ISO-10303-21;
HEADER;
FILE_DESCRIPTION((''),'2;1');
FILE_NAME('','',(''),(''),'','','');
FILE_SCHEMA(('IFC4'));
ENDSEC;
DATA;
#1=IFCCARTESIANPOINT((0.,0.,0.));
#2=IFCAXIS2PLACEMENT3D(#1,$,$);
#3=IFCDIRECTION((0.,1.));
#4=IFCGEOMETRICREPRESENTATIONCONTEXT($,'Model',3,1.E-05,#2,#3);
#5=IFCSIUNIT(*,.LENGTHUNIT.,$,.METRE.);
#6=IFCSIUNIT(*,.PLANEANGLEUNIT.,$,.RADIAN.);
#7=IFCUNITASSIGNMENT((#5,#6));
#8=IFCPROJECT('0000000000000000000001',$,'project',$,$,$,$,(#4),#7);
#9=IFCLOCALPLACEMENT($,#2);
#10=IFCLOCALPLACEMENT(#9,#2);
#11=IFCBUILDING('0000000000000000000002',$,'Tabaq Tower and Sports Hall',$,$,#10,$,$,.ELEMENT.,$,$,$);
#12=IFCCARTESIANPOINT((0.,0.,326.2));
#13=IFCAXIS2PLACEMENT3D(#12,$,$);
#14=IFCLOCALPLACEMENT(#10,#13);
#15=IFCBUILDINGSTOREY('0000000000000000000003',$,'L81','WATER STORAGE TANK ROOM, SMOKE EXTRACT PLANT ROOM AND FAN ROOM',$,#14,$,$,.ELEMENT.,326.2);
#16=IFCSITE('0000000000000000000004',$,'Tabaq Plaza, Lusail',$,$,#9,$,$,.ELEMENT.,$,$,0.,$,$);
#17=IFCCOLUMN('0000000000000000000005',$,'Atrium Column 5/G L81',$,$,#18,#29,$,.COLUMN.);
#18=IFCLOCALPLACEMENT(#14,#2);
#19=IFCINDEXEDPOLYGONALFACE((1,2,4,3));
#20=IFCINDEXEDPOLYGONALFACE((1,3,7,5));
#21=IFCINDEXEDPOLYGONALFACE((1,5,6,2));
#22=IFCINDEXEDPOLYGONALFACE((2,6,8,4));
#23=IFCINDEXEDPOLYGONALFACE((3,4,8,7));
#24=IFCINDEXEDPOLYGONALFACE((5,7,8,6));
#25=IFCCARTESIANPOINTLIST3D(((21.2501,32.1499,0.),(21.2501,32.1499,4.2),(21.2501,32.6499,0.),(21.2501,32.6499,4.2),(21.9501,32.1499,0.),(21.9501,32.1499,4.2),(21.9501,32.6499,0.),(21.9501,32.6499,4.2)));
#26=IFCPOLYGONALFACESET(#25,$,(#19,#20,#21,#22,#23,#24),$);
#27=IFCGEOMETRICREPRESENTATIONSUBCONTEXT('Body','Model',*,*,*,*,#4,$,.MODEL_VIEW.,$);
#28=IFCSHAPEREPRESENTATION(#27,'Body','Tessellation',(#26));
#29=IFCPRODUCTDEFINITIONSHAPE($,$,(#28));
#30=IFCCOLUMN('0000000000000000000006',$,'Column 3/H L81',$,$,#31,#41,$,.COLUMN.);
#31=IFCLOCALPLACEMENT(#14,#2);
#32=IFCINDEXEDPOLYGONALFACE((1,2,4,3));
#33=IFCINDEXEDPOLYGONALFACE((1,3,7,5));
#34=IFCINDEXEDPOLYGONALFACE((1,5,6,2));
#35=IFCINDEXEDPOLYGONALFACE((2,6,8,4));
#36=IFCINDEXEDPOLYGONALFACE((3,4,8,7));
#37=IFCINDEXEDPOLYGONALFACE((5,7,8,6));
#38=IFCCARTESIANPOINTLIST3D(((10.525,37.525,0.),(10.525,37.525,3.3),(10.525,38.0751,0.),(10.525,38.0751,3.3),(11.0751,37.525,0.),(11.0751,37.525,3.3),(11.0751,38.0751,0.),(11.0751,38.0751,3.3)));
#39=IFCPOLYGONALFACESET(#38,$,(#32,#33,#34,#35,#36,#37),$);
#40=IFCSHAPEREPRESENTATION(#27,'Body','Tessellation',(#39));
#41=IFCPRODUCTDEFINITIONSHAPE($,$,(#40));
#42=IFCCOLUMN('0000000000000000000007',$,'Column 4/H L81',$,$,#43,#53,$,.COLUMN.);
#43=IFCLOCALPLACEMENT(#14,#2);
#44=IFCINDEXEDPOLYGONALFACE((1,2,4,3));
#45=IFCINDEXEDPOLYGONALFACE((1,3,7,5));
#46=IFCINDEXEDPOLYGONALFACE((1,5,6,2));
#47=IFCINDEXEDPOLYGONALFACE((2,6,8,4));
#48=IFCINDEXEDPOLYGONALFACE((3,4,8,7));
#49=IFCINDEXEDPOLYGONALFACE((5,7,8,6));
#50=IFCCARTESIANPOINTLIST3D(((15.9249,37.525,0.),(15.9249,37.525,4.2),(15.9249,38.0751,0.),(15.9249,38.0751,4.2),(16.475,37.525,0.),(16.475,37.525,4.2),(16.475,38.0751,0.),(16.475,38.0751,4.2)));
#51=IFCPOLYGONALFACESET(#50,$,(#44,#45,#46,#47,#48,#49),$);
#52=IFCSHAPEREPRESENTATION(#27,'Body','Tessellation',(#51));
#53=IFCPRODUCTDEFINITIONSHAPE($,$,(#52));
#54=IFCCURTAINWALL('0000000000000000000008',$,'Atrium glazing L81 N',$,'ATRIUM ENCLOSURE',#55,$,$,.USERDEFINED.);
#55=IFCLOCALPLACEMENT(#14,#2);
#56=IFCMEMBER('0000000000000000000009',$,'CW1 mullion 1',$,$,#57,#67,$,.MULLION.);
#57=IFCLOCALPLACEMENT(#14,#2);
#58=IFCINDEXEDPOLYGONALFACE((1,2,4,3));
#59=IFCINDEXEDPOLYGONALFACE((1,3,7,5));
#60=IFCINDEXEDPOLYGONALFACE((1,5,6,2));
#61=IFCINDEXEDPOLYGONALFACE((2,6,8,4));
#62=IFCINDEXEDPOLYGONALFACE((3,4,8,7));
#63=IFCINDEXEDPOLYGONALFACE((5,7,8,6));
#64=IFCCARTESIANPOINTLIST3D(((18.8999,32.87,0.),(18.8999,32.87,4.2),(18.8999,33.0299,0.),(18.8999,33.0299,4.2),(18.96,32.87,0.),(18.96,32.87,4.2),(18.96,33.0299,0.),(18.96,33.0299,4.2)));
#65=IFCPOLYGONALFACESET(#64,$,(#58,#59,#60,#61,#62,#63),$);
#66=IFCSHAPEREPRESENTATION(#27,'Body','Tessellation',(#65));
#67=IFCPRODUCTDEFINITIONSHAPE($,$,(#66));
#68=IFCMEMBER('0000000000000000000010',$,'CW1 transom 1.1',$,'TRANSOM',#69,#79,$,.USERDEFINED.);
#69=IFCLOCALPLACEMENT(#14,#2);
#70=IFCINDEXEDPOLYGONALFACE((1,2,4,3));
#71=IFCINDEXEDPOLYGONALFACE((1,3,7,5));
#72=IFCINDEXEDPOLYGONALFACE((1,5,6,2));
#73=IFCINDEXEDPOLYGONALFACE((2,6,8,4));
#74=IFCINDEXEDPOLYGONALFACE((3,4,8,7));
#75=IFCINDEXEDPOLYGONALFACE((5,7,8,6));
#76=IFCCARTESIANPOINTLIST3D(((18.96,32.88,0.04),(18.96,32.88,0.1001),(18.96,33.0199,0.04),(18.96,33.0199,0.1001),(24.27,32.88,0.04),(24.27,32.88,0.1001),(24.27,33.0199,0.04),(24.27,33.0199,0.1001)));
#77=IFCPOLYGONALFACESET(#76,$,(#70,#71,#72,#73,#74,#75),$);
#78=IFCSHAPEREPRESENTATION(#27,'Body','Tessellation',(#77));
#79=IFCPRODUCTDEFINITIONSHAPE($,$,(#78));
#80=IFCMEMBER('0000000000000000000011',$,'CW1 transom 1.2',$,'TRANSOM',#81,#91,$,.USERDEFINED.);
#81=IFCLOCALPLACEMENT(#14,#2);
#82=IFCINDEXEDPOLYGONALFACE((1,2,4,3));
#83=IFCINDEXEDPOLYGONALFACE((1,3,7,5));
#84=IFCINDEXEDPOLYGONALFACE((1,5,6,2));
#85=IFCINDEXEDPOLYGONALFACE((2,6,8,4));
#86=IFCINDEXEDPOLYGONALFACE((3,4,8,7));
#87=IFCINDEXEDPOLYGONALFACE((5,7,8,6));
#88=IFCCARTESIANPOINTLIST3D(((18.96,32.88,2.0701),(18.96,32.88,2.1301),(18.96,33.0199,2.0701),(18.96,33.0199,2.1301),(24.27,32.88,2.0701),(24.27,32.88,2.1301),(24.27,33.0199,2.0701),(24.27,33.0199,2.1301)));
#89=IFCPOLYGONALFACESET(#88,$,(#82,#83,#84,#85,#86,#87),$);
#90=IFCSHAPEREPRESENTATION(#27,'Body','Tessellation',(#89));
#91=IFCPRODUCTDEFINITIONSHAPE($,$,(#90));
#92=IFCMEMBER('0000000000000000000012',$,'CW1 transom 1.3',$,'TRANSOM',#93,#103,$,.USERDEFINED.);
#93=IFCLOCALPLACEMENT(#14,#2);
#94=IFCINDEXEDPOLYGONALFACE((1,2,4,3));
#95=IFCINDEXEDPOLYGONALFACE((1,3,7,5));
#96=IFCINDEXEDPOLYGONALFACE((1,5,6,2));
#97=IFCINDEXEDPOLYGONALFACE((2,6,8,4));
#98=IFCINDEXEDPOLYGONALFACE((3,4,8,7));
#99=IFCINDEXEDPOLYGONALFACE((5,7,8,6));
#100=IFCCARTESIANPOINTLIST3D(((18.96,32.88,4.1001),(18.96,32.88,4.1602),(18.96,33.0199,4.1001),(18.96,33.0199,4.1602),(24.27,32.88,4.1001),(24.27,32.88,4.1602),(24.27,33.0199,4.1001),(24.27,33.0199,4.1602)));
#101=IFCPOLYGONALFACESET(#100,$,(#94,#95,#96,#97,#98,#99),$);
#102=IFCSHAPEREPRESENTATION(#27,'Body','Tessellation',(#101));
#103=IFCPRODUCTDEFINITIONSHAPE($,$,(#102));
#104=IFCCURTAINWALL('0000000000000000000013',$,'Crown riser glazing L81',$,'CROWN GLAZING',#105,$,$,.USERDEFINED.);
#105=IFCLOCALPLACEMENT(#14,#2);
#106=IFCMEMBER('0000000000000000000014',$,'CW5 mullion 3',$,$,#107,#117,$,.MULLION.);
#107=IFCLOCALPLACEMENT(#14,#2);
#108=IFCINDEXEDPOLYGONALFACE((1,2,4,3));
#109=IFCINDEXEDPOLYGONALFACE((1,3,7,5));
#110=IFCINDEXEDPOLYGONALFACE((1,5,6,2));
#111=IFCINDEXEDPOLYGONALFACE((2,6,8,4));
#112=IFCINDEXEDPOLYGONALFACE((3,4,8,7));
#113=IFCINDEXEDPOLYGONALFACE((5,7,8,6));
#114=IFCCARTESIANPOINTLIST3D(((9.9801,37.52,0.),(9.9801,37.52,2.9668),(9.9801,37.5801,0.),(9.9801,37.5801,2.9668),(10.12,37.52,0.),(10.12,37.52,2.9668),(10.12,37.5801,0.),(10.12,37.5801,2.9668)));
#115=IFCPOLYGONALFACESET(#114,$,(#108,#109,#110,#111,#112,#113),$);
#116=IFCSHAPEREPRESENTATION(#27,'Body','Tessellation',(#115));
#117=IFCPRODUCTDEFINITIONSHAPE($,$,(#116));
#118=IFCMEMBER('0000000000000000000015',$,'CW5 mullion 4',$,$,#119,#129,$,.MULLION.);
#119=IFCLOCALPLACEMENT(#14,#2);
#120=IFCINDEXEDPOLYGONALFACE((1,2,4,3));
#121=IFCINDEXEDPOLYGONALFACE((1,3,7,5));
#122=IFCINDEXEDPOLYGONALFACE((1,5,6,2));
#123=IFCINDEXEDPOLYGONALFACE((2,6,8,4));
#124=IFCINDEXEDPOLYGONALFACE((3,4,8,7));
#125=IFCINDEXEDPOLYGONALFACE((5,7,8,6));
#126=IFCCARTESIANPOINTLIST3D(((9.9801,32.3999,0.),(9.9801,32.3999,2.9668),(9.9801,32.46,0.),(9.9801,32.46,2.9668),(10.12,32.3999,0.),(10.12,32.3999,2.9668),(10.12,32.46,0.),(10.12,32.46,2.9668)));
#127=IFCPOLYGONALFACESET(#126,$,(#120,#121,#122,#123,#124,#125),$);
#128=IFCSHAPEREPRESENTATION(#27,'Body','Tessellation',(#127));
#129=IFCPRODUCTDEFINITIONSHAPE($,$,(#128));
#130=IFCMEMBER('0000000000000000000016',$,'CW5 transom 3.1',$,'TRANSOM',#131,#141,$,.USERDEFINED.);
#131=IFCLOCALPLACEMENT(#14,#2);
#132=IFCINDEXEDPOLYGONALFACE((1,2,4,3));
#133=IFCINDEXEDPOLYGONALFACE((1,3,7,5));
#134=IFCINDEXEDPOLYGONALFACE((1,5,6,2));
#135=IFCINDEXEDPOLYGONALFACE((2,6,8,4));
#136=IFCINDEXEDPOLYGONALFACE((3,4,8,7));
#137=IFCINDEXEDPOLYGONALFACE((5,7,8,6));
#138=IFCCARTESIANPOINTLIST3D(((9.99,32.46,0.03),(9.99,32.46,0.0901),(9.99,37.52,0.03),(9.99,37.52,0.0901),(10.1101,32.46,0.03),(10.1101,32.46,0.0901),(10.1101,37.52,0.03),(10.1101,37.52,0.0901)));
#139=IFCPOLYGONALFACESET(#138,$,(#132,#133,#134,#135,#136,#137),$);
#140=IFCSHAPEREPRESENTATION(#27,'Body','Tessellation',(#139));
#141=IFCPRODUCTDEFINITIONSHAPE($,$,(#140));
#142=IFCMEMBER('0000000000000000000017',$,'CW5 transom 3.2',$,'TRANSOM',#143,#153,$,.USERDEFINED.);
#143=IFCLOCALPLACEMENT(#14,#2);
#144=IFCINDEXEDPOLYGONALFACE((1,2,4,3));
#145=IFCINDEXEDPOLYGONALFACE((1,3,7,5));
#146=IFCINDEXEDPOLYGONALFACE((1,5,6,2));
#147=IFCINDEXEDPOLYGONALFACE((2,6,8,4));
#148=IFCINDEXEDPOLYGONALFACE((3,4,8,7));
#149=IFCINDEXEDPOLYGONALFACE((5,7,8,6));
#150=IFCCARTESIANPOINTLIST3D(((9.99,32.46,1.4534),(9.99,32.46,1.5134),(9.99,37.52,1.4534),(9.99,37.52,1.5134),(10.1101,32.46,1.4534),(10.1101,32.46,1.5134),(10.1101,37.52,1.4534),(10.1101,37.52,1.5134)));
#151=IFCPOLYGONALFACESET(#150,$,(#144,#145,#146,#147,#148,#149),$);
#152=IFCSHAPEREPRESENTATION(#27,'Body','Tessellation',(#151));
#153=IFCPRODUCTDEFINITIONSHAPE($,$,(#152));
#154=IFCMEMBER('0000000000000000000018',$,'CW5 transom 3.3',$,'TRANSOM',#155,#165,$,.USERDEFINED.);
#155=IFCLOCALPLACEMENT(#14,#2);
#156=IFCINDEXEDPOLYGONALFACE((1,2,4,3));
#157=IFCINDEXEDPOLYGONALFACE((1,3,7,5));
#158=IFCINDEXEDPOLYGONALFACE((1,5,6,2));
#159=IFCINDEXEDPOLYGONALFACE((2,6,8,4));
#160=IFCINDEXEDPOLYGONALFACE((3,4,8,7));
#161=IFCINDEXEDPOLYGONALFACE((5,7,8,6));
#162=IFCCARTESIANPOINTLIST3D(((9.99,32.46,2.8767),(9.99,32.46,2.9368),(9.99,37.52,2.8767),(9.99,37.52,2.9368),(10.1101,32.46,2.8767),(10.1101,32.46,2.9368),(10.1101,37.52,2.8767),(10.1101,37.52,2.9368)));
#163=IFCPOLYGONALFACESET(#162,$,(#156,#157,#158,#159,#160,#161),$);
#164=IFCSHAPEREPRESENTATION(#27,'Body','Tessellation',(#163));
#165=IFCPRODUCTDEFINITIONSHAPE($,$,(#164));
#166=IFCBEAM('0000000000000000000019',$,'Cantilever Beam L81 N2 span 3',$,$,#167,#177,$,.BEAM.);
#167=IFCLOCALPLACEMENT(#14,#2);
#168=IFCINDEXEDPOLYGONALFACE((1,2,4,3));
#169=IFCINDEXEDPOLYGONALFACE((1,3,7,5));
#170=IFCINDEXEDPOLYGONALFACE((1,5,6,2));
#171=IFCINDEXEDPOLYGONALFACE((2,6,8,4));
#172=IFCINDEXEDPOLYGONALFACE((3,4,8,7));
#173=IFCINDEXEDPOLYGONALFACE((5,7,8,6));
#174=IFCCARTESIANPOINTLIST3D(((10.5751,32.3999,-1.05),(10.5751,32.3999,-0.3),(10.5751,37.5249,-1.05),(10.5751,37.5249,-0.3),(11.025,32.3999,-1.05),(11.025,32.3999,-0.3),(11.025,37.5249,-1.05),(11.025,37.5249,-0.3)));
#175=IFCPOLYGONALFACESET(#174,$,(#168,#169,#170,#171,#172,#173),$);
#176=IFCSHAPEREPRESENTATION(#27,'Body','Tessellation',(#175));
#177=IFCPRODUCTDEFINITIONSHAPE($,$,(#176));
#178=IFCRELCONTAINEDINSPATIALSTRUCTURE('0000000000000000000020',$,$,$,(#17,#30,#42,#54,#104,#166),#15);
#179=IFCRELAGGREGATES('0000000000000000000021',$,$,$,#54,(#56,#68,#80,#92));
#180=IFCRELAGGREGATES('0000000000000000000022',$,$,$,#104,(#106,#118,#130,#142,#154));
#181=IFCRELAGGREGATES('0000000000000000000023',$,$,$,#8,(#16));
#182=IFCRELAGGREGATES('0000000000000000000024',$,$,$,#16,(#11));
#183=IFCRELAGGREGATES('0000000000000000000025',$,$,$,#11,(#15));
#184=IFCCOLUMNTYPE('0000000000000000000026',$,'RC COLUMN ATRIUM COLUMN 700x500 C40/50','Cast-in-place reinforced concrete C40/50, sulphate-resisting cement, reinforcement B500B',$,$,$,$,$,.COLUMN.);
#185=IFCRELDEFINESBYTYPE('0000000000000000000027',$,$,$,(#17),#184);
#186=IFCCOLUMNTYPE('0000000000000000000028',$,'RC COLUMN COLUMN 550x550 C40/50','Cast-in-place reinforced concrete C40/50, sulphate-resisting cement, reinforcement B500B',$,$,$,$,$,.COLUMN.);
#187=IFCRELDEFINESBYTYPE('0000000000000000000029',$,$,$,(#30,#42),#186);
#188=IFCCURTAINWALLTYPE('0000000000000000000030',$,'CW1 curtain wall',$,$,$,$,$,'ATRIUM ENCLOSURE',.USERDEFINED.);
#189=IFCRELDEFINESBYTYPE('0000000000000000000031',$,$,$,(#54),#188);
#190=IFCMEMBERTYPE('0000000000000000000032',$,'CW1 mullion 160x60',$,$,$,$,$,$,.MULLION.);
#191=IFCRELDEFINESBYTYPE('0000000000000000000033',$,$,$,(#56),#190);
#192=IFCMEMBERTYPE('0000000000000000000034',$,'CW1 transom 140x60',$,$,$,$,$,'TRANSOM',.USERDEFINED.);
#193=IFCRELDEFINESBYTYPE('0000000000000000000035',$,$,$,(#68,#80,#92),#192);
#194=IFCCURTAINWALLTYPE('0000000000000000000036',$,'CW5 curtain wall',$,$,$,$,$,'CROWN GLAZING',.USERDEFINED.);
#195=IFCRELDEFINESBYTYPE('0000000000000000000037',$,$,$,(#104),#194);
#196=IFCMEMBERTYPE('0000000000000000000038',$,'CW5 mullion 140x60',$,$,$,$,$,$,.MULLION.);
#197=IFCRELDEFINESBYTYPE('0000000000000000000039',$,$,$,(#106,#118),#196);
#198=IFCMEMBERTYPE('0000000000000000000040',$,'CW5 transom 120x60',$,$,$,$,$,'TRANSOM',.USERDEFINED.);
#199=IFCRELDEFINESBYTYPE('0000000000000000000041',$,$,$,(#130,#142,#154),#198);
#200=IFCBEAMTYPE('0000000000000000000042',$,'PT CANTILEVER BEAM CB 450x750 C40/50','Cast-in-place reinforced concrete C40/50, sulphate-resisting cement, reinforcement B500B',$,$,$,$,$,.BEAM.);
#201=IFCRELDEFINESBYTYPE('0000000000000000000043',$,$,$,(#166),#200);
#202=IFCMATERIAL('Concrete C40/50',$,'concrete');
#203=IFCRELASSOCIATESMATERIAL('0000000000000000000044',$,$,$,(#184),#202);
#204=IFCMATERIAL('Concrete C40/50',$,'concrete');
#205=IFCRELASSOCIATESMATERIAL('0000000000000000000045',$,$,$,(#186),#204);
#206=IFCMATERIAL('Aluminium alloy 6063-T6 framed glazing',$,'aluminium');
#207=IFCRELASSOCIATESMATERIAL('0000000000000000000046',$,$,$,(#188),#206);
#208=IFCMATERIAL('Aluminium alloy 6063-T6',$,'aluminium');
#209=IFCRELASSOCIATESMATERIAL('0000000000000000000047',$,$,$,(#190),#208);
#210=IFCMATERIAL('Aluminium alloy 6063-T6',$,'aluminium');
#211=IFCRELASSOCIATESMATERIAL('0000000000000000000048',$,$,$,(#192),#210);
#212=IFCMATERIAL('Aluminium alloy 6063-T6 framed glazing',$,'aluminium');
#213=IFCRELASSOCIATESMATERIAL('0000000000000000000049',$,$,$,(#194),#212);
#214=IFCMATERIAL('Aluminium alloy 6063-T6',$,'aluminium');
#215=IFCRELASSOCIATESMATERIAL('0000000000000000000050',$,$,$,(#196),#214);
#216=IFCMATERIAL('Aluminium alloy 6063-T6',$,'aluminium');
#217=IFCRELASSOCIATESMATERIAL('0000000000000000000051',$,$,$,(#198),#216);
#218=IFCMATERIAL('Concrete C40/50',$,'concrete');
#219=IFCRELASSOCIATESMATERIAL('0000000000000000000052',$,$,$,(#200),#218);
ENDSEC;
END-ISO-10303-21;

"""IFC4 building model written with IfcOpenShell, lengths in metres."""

from ifc_helpers import new_model, si_unit, direction, frame, origin, origin_2d, place, context, subcontext, project, spatial, rectangle, extrude, material, material_profile, profile_set, type_object, element, aggregate, save


model = new_model("IFC4")

# Units and contexts
model_context = context("Model", 3, precision=1e-05, world=origin(), true_north=direction((0.0, 1.0)))
body_context = subcontext(model_context, "Body", "Model", "MODEL_VIEW")
ifc_project = project(units=[si_unit("LENGTHUNIT", "METRE"), si_unit("PLANEANGLEUNIT", "RADIAN")], contexts=[model_context])

# Site, building, storey
site_placement = place(None, origin())
site = spatial("IfcSite", under=ifc_project, at=site_placement, Name="Tabaq Plaza, Lusail", CompositionType="ELEMENT", RefElevation=0.0)
building_placement = place(site_placement, origin())
building = spatial("IfcBuilding", under=site, at=building_placement, Name="Tabaq Tower and Sports Hall", CompositionType="ELEMENT")
storey_placement = place(building_placement, frame((0.0, 0.0, 326.2)))
storey = spatial("IfcBuildingStorey", under=building, at=storey_placement, Name="L81", Description="WATER STORAGE TANK ROOM, SMOKE EXTRACT PLANT ROOM AND FAN ROOM", CompositionType="ELEMENT", Elevation=326.2)

# Columns
ifc_material_1 = material(Name="Concrete C40/50", Category="concrete")
ifc_material_profile_1 = material_profile(ifc_material_1, rectangle(XDim=0.7, YDim=0.5, at=origin_2d()), Name="ATRIUM COLUMN 700x500")
ifc_profile_set_1 = profile_set([ifc_material_profile_1], Name="Concrete C40/50")
column_type_1 = type_object("IfcColumnType", Name="RC COLUMN ATRIUM COLUMN 700x500 C40/50", Description="Cast-in-place reinforced concrete C40/50, sulphate-resisting cement, reinforcement B500B", PredefinedType="COLUMN", material=ifc_profile_set_1)
column_1_placement = place(storey_placement, frame((21.6001, 32.3999, 0.0), z_axis=(0.0, 0.0, 1.0), x_axis=(1.0, 0.0, 0.0)))
element("IfcColumn", 1, at=column_1_placement, inside=storey, type_object=column_type_1, Name="Atrium Column 5/G L81", PredefinedType="COLUMN", context=body_context, shape_type="SweptSolid", body=[
    extrude(rectangle(XDim=0.7, YDim=0.5, at=origin_2d()), origin(), (0.0, 0.0, 1.0), 4.2),
])
ifc_material_2 = material(Name="Concrete C40/50", Category="concrete")
ifc_material_profile_2 = material_profile(ifc_material_2, rectangle(XDim=0.55, YDim=0.55, at=origin_2d()), Name="COLUMN 550x550")
ifc_profile_set_2 = profile_set([ifc_material_profile_2], Name="Concrete C40/50")
column_type_2 = type_object("IfcColumnType", Name="RC COLUMN COLUMN 550x550 C40/50", Description="Cast-in-place reinforced concrete C40/50, sulphate-resisting cement, reinforcement B500B", PredefinedType="COLUMN", material=ifc_profile_set_2)
column_2_placement = place(storey_placement, frame((10.8, 37.8, 0.0), z_axis=(0.0, 0.0, 1.0), x_axis=(1.0, 0.0, 0.0)))
element("IfcColumn", 2, at=column_2_placement, inside=storey, type_object=column_type_2, Name="Column 3/H L81", PredefinedType="COLUMN", context=body_context, shape_type="SweptSolid", body=[
    extrude(rectangle(XDim=0.55, YDim=0.55, at=origin_2d()), origin(), (0.0, 0.0, 1.0), 3.3),
])
column_3_placement = place(storey_placement, frame((16.2, 37.8, 0.0), z_axis=(0.0, 0.0, 1.0), x_axis=(1.0, 0.0, 0.0)))
element("IfcColumn", 3, at=column_3_placement, inside=storey, type_object=column_type_2, Name="Column 4/H L81", PredefinedType="COLUMN", context=body_context, shape_type="SweptSolid", body=[
    extrude(rectangle(XDim=0.55, YDim=0.55, at=origin_2d()), origin(), (0.0, 0.0, 1.0), 4.2),
])

# Curtain walls, members
ifc_material_3 = material(Name="Aluminium alloy 6063-T6 framed glazing", Category="aluminium")
curtain_wall_type_1 = type_object("IfcCurtainWallType", Name="CW1 curtain wall", ElementType="ATRIUM ENCLOSURE", PredefinedType="USERDEFINED", material=ifc_material_3)
curtain_wall_1_placement = place(storey_placement, origin())
curtain_wall_1 = element("IfcCurtainWall", 4, at=curtain_wall_1_placement, inside=storey, type_object=curtain_wall_type_1, Name="Atrium glazing L81 N", ObjectType="ATRIUM ENCLOSURE", PredefinedType="USERDEFINED")
ifc_material_4 = material(Name="Aluminium alloy 6063-T6", Category="aluminium")
ifc_material_profile_3 = material_profile(ifc_material_4, rectangle(XDim=0.1599, YDim=0.0601, at=origin_2d()), Name="MULLION 160x60")
ifc_profile_set_3 = profile_set([ifc_material_profile_3], Name="Aluminium alloy 6063-T6")
member_type_1 = type_object("IfcMemberType", Name="CW1 mullion 160x60", PredefinedType="MULLION", material=ifc_profile_set_3)
member_1_placement = place(storey_placement, frame((18.9299, 32.95, 0.0), z_axis=(0.0, 0.0, 1.0), x_axis=(0.0, 1.0, 0.0)))
member_1 = element("IfcMember", 5, at=member_1_placement, type_object=member_type_1, Name="CW1 mullion 1", PredefinedType="MULLION", context=body_context, shape_type="SweptSolid", body=[
    extrude(rectangle(XDim=0.1599, YDim=0.0601, at=origin_2d()), origin(), (0.0, 0.0, 1.0), 4.2),
])
ifc_material_5 = material(Name="Aluminium alloy 6063-T6", Category="aluminium")
ifc_material_profile_4 = material_profile(ifc_material_5, rectangle(XDim=0.1399, YDim=0.0601, at=origin_2d()), Name="TRANSOM 140x60")
ifc_profile_set_4 = profile_set([ifc_material_profile_4], Name="Aluminium alloy 6063-T6")
member_type_2 = type_object("IfcMemberType", Name="CW1 transom 140x60", ElementType="TRANSOM", PredefinedType="USERDEFINED", material=ifc_profile_set_4)
member_2_placement = place(storey_placement, frame((18.96, 32.95, 0.0701), z_axis=(1.0, 0.0, 0.0), x_axis=(0.0, 1.0, 0.0)))
member_2 = element("IfcMember", 6, at=member_2_placement, type_object=member_type_2, Name="CW1 transom 1.1", ObjectType="TRANSOM", PredefinedType="USERDEFINED", context=body_context, shape_type="SweptSolid", body=[
    extrude(rectangle(XDim=0.1399, YDim=0.0601, at=origin_2d()), origin(), (0.0, 0.0, 1.0), 5.3101),
])
member_3_placement = place(storey_placement, frame((18.96, 32.95, 2.1001), z_axis=(1.0, 0.0, 0.0), x_axis=(0.0, 1.0, 0.0)))
member_3 = element("IfcMember", 7, at=member_3_placement, type_object=member_type_2, Name="CW1 transom 1.2", ObjectType="TRANSOM", PredefinedType="USERDEFINED", context=body_context, shape_type="SweptSolid", body=[
    extrude(rectangle(XDim=0.1399, YDim=0.0601, at=origin_2d()), origin(), (0.0, 0.0, 1.0), 5.3101),
])
member_4_placement = place(storey_placement, frame((18.96, 32.95, 4.1301), z_axis=(1.0, 0.0, 0.0), x_axis=(0.0, 1.0, 0.0)))
member_4 = element("IfcMember", 8, at=member_4_placement, type_object=member_type_2, Name="CW1 transom 1.3", ObjectType="TRANSOM", PredefinedType="USERDEFINED", context=body_context, shape_type="SweptSolid", body=[
    extrude(rectangle(XDim=0.1399, YDim=0.0601, at=origin_2d()), origin(), (0.0, 0.0, 1.0), 5.3101),
])
aggregate(curtain_wall_1, [member_1, member_2, member_3, member_4])
ifc_material_6 = material(Name="Aluminium alloy 6063-T6 framed glazing", Category="aluminium")
curtain_wall_type_2 = type_object("IfcCurtainWallType", Name="CW5 curtain wall", ElementType="CROWN GLAZING", PredefinedType="USERDEFINED", material=ifc_material_6)
curtain_wall_2_placement = place(storey_placement, origin())
curtain_wall_2 = element("IfcCurtainWall", 9, at=curtain_wall_2_placement, inside=storey, type_object=curtain_wall_type_2, Name="Crown riser glazing L81", ObjectType="CROWN GLAZING", PredefinedType="USERDEFINED")
ifc_material_7 = material(Name="Aluminium alloy 6063-T6", Category="aluminium")
ifc_material_profile_5 = material_profile(ifc_material_7, rectangle(XDim=0.1399, YDim=0.0601, at=origin_2d()), Name="MULLION 140x60")
ifc_profile_set_5 = profile_set([ifc_material_profile_5], Name="Aluminium alloy 6063-T6")
member_type_3 = type_object("IfcMemberType", Name="CW5 mullion 140x60", PredefinedType="MULLION", material=ifc_profile_set_5)
member_5_placement = place(storey_placement, frame((10.05, 37.55, 0.0), z_axis=(0.0, 0.0, 1.0), x_axis=(1.0, 0.0, 0.0)))
member_5 = element("IfcMember", 10, at=member_5_placement, type_object=member_type_3, Name="CW5 mullion 3", PredefinedType="MULLION", context=body_context, shape_type="SweptSolid", body=[
    extrude(rectangle(XDim=0.1399, YDim=0.0601, at=origin_2d()), origin(), (0.0, 0.0, 1.0), 2.9668),
])
member_6_placement = place(storey_placement, frame((10.05, 32.4299, 0.0), z_axis=(0.0, 0.0, 1.0), x_axis=(1.0, 0.0, 0.0)))
member_6 = element("IfcMember", 11, at=member_6_placement, type_object=member_type_3, Name="CW5 mullion 4", PredefinedType="MULLION", context=body_context, shape_type="SweptSolid", body=[
    extrude(rectangle(XDim=0.1399, YDim=0.0601, at=origin_2d()), origin(), (0.0, 0.0, 1.0), 2.9668),
])
ifc_material_8 = material(Name="Aluminium alloy 6063-T6", Category="aluminium")
ifc_material_profile_6 = material_profile(ifc_material_8, rectangle(XDim=0.1201, YDim=0.0601, at=origin_2d()), Name="TRANSOM 120x60")
ifc_profile_set_6 = profile_set([ifc_material_profile_6], Name="Aluminium alloy 6063-T6")
member_type_4 = type_object("IfcMemberType", Name="CW5 transom 120x60", ElementType="TRANSOM", PredefinedType="USERDEFINED", material=ifc_profile_set_6)
member_7_placement = place(storey_placement, frame((10.05, 37.52, 0.0601), z_axis=(0.0, -1.0, 0.0), x_axis=(1.0, 0.0, 0.0)))
member_7 = element("IfcMember", 12, at=member_7_placement, type_object=member_type_4, Name="CW5 transom 3.1", ObjectType="TRANSOM", PredefinedType="USERDEFINED", context=body_context, shape_type="SweptSolid", body=[
    extrude(rectangle(XDim=0.1201, YDim=0.0601, at=origin_2d()), origin(), (0.0, 0.0, 1.0), 5.0601),
])
member_8_placement = place(storey_placement, frame((10.05, 37.52, 1.4834), z_axis=(0.0, -1.0, 0.0), x_axis=(1.0, 0.0, 0.0)))
member_8 = element("IfcMember", 13, at=member_8_placement, type_object=member_type_4, Name="CW5 transom 3.2", ObjectType="TRANSOM", PredefinedType="USERDEFINED", context=body_context, shape_type="SweptSolid", body=[
    extrude(rectangle(XDim=0.1201, YDim=0.0601, at=origin_2d()), origin(), (0.0, 0.0, 1.0), 5.0601),
])
member_9_placement = place(storey_placement, frame((10.05, 37.52, 2.9067), z_axis=(0.0, -1.0, 0.0), x_axis=(1.0, 0.0, 0.0)))
member_9 = element("IfcMember", 14, at=member_9_placement, type_object=member_type_4, Name="CW5 transom 3.3", ObjectType="TRANSOM", PredefinedType="USERDEFINED", context=body_context, shape_type="SweptSolid", body=[
    extrude(rectangle(XDim=0.1201, YDim=0.0601, at=origin_2d()), origin(), (0.0, 0.0, 1.0), 5.0601),
])

# Beam
ifc_material_9 = material(Name="Concrete C40/50", Category="concrete")
ifc_material_profile_7 = material_profile(ifc_material_9, rectangle(XDim=0.45, YDim=0.75, at=origin_2d()), Name="CB 450x750")
ifc_profile_set_7 = profile_set([ifc_material_profile_7], Name="Concrete C40/50")
beam_type = type_object("IfcBeamType", Name="PT CANTILEVER BEAM CB 450x750 C40/50", Description="Cast-in-place reinforced concrete C40/50, sulphate-resisting cement, reinforcement B500B", PredefinedType="BEAM", material=ifc_profile_set_7)
for number, where, z_axis, x_axis, name in (
    (15, (10.8, 37.5249, -0.675), (0.0, -1.0, 0.0), (1.0, 0.0, 0.0), "Cantilever Beam L81 N2 span 3"),
):
    element("IfcBeam", number, at=place(storey_placement, frame(where, z_axis=z_axis, x_axis=x_axis)), inside=storey, type_object=beam_type, Name=name, PredefinedType="BEAM", context=body_context, shape_type="SweptSolid", body=[
        extrude(rectangle(XDim=0.45, YDim=0.75, at=origin_2d()), origin(), (0.0, 0.0, 1.0), 5.125),
    ])

aggregate(curtain_wall_2, [member_5, member_6, member_7, member_8, member_9])

save(model, "model.ifc")
